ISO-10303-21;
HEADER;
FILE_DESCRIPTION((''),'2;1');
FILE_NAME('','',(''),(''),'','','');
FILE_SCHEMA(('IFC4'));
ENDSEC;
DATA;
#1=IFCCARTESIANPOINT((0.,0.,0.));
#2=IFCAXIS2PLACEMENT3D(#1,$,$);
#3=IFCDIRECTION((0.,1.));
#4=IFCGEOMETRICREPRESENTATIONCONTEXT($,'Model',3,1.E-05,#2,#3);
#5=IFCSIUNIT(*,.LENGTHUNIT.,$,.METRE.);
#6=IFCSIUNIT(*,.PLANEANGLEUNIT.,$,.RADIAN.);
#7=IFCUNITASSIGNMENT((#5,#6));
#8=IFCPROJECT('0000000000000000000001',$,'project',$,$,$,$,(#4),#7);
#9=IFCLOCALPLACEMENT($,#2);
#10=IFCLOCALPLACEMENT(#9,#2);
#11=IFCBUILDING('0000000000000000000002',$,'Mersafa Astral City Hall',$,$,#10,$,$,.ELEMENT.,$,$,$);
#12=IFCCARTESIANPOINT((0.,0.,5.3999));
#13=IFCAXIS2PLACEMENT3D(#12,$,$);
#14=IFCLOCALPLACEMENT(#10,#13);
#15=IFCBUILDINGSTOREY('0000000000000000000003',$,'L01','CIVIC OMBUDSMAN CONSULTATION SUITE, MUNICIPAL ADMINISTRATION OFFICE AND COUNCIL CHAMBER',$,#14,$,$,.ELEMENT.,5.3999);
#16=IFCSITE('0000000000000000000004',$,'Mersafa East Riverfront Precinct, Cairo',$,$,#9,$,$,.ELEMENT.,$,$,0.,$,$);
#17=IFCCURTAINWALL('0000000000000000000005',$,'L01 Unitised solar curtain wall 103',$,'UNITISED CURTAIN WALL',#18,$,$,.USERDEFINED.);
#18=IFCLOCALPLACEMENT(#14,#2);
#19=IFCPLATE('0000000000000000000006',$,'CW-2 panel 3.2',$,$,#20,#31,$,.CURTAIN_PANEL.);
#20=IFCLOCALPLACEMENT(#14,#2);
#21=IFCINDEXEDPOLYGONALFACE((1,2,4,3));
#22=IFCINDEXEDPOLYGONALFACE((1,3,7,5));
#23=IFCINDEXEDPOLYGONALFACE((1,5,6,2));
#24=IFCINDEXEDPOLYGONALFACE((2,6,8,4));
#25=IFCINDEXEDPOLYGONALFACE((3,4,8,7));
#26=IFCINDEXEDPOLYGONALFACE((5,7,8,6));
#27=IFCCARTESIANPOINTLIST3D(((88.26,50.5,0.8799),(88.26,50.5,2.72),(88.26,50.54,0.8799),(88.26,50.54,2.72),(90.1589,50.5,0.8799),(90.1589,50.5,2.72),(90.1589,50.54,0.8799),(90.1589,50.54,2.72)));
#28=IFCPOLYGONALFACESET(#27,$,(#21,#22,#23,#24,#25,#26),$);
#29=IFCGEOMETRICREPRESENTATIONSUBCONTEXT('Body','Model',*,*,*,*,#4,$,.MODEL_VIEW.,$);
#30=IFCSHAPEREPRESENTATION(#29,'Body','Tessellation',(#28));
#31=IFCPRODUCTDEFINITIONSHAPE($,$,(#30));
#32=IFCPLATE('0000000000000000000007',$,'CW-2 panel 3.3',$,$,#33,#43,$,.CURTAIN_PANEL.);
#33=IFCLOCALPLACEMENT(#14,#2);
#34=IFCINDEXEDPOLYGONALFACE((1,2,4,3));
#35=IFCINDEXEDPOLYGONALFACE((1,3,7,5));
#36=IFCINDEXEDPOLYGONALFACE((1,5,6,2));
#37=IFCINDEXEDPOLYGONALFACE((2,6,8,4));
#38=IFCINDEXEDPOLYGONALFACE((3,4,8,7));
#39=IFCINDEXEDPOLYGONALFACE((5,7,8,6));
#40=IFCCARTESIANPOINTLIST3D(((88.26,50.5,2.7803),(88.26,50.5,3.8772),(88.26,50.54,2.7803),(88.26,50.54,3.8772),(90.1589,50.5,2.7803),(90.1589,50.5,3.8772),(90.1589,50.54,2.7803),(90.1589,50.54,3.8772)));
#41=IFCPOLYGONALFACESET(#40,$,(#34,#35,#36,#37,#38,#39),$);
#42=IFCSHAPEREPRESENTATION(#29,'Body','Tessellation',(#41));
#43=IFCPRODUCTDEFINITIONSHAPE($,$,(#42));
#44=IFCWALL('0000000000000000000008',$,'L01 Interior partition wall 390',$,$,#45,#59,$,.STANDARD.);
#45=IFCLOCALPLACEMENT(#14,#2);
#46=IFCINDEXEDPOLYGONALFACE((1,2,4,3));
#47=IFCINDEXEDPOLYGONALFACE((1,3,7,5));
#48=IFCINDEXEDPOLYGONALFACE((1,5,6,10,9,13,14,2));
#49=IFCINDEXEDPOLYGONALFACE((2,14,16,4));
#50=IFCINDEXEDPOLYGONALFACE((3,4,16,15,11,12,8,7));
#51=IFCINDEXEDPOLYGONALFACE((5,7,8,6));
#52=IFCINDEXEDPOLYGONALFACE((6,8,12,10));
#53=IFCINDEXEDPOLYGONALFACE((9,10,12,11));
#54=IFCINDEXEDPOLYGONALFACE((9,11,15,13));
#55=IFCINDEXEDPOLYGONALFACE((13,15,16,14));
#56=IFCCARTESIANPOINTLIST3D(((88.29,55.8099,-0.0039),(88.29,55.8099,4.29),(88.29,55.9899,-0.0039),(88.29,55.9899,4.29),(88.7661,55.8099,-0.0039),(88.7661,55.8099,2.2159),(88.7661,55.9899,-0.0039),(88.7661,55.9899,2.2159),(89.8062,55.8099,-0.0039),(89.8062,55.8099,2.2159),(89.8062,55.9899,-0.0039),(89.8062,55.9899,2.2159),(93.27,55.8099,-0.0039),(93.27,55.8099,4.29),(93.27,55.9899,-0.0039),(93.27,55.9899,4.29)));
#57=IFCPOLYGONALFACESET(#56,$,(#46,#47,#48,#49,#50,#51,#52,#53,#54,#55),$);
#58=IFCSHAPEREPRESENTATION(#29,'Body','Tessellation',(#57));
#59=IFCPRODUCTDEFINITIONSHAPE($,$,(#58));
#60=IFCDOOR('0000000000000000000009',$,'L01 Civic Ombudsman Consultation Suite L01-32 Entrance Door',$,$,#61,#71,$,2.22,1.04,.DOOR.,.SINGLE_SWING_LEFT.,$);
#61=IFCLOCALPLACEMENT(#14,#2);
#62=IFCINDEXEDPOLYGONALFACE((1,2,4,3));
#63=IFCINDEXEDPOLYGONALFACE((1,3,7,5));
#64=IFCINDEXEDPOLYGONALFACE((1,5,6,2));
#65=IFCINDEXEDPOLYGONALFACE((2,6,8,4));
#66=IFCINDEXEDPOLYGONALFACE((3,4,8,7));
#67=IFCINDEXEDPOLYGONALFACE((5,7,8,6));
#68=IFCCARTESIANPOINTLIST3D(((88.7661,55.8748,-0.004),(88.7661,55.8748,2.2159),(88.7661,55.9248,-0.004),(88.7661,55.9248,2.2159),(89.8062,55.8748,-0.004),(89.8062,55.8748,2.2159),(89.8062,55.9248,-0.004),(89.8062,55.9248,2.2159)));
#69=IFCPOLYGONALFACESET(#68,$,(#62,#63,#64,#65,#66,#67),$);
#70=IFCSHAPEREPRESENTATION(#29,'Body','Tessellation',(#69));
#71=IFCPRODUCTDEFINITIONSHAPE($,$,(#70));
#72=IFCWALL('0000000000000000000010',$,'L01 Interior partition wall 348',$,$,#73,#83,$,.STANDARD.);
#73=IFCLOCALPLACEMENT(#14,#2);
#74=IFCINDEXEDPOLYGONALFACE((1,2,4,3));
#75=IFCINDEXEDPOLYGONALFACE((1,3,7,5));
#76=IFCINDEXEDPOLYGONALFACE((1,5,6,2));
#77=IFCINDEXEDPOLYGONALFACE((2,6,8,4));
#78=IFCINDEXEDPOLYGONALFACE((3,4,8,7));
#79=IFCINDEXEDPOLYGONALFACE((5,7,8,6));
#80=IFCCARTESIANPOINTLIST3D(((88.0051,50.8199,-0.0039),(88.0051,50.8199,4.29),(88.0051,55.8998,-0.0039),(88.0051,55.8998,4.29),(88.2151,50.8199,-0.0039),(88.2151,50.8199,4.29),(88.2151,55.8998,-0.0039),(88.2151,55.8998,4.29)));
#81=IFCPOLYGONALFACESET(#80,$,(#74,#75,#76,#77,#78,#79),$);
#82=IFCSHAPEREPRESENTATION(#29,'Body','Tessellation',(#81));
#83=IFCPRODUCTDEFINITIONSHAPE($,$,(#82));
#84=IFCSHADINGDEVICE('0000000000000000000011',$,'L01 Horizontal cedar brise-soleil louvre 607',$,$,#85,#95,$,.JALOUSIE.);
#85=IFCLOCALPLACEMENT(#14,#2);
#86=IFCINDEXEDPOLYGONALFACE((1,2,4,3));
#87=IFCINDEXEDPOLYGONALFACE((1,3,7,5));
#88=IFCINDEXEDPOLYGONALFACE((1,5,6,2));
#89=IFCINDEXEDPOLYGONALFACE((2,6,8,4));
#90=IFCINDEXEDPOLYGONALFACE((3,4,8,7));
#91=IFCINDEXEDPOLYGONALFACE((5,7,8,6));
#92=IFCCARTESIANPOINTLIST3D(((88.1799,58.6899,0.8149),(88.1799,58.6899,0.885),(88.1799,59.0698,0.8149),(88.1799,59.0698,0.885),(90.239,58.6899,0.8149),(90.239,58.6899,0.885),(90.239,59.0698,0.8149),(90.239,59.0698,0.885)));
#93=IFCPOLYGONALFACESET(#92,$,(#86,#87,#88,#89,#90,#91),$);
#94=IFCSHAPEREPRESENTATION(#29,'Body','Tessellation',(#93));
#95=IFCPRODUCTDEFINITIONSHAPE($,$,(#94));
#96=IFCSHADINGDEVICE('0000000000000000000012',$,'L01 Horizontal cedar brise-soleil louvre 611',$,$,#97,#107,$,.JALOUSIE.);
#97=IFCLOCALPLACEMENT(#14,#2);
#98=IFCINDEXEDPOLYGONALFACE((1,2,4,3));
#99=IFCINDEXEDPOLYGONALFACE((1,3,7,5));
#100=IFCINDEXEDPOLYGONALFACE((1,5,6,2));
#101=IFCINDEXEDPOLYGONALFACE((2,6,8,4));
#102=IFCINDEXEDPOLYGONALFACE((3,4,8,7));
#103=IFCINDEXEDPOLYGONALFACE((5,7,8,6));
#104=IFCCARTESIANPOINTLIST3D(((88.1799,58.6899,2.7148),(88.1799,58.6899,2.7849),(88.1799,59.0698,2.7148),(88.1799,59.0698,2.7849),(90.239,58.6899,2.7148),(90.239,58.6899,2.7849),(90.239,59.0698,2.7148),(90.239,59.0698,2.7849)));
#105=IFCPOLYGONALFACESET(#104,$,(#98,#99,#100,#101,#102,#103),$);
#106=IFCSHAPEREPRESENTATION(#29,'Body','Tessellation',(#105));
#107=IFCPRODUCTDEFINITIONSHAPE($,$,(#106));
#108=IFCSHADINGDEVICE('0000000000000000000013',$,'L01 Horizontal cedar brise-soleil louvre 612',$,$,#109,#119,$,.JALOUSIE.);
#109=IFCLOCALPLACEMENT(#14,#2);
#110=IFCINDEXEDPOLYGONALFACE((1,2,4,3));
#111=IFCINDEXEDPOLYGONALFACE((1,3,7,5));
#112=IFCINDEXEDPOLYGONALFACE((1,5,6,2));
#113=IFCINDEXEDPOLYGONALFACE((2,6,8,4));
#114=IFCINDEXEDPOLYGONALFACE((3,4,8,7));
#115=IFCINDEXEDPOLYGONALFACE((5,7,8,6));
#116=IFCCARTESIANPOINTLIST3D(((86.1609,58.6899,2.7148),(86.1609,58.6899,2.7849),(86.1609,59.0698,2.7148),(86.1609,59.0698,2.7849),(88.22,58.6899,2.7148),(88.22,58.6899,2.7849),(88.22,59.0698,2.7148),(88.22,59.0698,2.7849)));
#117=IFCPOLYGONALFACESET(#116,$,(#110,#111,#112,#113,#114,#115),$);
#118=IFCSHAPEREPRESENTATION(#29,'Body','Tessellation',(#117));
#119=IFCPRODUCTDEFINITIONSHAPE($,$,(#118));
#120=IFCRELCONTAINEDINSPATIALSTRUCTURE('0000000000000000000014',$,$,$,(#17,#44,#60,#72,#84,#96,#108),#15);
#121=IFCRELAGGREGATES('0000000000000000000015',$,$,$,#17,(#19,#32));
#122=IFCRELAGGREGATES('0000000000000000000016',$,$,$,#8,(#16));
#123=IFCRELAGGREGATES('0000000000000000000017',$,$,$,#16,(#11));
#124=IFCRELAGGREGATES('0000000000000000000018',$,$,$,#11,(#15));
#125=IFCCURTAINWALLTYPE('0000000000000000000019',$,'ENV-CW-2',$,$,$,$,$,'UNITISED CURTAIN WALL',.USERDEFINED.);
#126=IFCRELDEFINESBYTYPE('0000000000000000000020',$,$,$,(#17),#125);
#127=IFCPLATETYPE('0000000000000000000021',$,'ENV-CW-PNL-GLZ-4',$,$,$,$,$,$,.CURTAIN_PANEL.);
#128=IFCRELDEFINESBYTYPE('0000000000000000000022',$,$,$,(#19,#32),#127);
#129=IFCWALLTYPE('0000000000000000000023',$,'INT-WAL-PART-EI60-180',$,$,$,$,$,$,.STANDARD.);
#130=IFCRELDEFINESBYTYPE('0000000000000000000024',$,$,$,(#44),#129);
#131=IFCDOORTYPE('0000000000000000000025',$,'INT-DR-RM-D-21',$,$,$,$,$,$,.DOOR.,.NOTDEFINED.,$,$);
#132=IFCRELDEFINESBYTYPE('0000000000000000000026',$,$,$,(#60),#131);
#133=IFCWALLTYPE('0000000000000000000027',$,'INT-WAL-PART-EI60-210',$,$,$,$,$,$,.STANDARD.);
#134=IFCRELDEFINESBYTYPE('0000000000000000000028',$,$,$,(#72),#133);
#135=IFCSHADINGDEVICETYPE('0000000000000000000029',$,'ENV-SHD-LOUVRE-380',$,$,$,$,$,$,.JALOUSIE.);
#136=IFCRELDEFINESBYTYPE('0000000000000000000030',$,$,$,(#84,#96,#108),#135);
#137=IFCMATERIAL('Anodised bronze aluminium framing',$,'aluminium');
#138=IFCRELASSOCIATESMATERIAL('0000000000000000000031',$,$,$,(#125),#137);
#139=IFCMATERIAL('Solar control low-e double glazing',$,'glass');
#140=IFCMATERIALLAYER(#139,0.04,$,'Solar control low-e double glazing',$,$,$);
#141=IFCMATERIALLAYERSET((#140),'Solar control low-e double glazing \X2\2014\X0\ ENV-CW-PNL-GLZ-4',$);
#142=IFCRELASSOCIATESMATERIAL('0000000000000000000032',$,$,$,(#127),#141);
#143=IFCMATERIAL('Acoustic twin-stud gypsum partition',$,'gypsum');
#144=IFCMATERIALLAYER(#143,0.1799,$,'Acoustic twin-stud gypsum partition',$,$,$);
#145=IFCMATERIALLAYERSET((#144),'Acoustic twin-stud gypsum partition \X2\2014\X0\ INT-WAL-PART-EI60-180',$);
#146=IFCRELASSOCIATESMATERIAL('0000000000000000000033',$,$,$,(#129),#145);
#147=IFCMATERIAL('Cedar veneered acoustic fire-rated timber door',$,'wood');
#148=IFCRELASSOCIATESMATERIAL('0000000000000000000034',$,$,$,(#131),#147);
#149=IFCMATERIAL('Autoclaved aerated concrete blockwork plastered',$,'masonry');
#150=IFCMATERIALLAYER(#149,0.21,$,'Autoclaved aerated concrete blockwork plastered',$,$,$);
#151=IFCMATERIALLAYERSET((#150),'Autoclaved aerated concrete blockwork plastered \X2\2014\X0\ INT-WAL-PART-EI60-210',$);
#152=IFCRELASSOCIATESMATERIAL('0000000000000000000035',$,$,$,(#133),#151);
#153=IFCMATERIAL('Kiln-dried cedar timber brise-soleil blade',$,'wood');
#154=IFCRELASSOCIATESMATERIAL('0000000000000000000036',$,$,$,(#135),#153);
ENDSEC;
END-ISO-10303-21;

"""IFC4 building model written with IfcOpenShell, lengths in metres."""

from ifc_helpers import new_model, si_unit, direction, frame, frame_2d, origin, origin_2d, place, context, subcontext, project, spatial, rectangle, extrude, material, layer, layer_set, type_object, element, fill, aggregate, save


model = new_model("IFC4")

# Units and contexts
model_context = context("Model", 3, precision=1e-05, world=origin(), true_north=direction((0.0, 1.0)))
body_context = subcontext(model_context, "Body", "Model", "MODEL_VIEW")
ifc_project = project(units=[si_unit("LENGTHUNIT", "METRE"), si_unit("PLANEANGLEUNIT", "RADIAN")], contexts=[model_context])

# Site, building, storey
site_placement = place(None, origin())
site = spatial("IfcSite", under=ifc_project, at=site_placement, Name="Mersafa East Riverfront Precinct, Cairo", CompositionType="ELEMENT", RefElevation=0.0)
building_placement = place(site_placement, origin())
building = spatial("IfcBuilding", under=site, at=building_placement, Name="Mersafa Astral City Hall", CompositionType="ELEMENT")
storey_placement = place(building_placement, frame((0.0, 0.0, 5.3999)))
storey = spatial("IfcBuildingStorey", under=building, at=storey_placement, Name="L01", Description="CIVIC OMBUDSMAN CONSULTATION SUITE, MUNICIPAL ADMINISTRATION OFFICE AND COUNCIL CHAMBER", CompositionType="ELEMENT", Elevation=5.3999)

# Curtain wall
ifc_material_1 = material(Name="Anodised bronze aluminium framing", Category="aluminium")
curtain_wall_type_1 = type_object("IfcCurtainWallType", Name="ENV-CW-2", ElementType="UNITISED CURTAIN WALL", PredefinedType="USERDEFINED", material=ifc_material_1)
curtain_wall_1_placement = place(storey_placement, origin())
curtain_wall_1 = element("IfcCurtainWall", 1, at=curtain_wall_1_placement, inside=storey, type_object=curtain_wall_type_1, Name="L01 Unitised solar curtain wall 103", ObjectType="UNITISED CURTAIN WALL", PredefinedType="USERDEFINED")

# Plates
ifc_material_2 = material(Name="Solar control low-e double glazing", Category="glass")
ifc_layer_1 = layer(ifc_material_2, 0.04, Name="Solar control low-e double glazing")
ifc_layer_set_1 = layer_set([ifc_layer_1], Name="Solar control low-e double glazing — ENV-CW-PNL-GLZ-4")
plate_type = type_object("IfcPlateType", Name="ENV-CW-PNL-GLZ-4", PredefinedType="CURTAIN_PANEL", material=ifc_layer_set_1)
plate_1_placement = place(storey_placement, frame((89.2095, 50.52, 0.8799), z_axis=(0.0, 0.0, 1.0), x_axis=(1.0, 0.0, 0.0)))
plate_1 = element("IfcPlate", 2, at=plate_1_placement, type_object=plate_type, Name="CW-2 panel 3.2", PredefinedType="CURTAIN_PANEL", context=body_context, shape_type="SweptSolid", body=[
    extrude(rectangle(XDim=1.8989, YDim=0.04, at=origin_2d()), origin(), (0.0, 0.0, 1.0), 1.8401),
])
plate_2_placement = place(storey_placement, frame((89.2095, 50.52, 2.7803), z_axis=(0.0, 0.0, 1.0), x_axis=(1.0, 0.0, 0.0)))
plate_2 = element("IfcPlate", 3, at=plate_2_placement, type_object=plate_type, Name="CW-2 panel 3.3", PredefinedType="CURTAIN_PANEL", context=body_context, shape_type="SweptSolid", body=[
    extrude(rectangle(XDim=1.8989, YDim=0.04, at=origin_2d()), origin(), (0.0, 0.0, 1.0), 1.0969),
])
aggregate(curtain_wall_1, [plate_1, plate_2])

# Wall, opening, door
ifc_material_3 = material(Name="Acoustic twin-stud gypsum partition", Category="gypsum")
ifc_layer_2 = layer(ifc_material_3, 0.1799, Name="Acoustic twin-stud gypsum partition")
ifc_layer_set_2 = layer_set([ifc_layer_2], Name="Acoustic twin-stud gypsum partition — INT-WAL-PART-EI60-180")
wall_type_1 = type_object("IfcWallType", Name="INT-WAL-PART-EI60-180", PredefinedType="STANDARD", material=ifc_layer_set_2)
wall_1_placement = place(storey_placement, frame((88.29, 55.8999, -0.0039), z_axis=(0.0, 0.0, 1.0), x_axis=(1.0, 0.0, 0.0)))
wall_1 = element("IfcWall", 4, at=wall_1_placement, inside=storey, type_object=wall_type_1, Name="L01 Interior partition wall 390", PredefinedType="STANDARD", context=body_context, shape_type="SweptSolid", body=[
    extrude(rectangle(XDim=4.98, YDim=0.1799, at=frame_2d((2.49, 0.0))), origin(), (0.0, 0.0, 1.0), 4.2939),
])
opening_placement = place(wall_1_placement, frame((0.4761, 0.0, 0.0)))
opening = element("IfcOpeningElement", 5, at=opening_placement, cuts=wall_1, PredefinedType="OPENING", context=body_context, shape_type="SweptSolid", body=[
    extrude(rectangle(XDim=1.04, YDim=2.22, at=frame_2d((0.52, 1.1099))), frame((0.0, 0.0999, 0.0), z_axis=(0.0, -1.0, 0.0), x_axis=(1.0, 0.0, 0.0)), (0.0, 0.0, 1.0), 0.2),
])
ifc_material_4 = material(Name="Cedar veneered acoustic fire-rated timber door", Category="wood")
door_type = type_object("IfcDoorType", Name="INT-DR-RM-D-21", OperationType="NOTDEFINED", PredefinedType="DOOR", material=ifc_material_4)
door_placement = place(opening_placement, origin())
door = element("IfcDoor", 6, at=door_placement, inside=storey, type_object=door_type, Name="L01 Civic Ombudsman Consultation Suite L01-32 Entrance Door", OperationType="SINGLE_SWING_LEFT", OverallHeight=2.22, OverallWidth=1.04, PredefinedType="DOOR", context=body_context, shape_type="SweptSolid", body=[
    extrude(rectangle(XDim=1.04, YDim=2.22, at=frame_2d((0.52, 1.1099))), frame((0.0, 0.0249, 0.0), z_axis=(0.0, -1.0, 0.0), x_axis=(1.0, 0.0, 0.0)), (0.0, 0.0, 1.0), 0.05),
])
fill(opening, door)

# Wall
ifc_material_5 = material(Name="Autoclaved aerated concrete blockwork plastered", Category="masonry")
ifc_layer_3 = layer(ifc_material_5, 0.21, Name="Autoclaved aerated concrete blockwork plastered")
ifc_layer_set_3 = layer_set([ifc_layer_3], Name="Autoclaved aerated concrete blockwork plastered — INT-WAL-PART-EI60-210")
wall_type_2 = type_object("IfcWallType", Name="INT-WAL-PART-EI60-210", PredefinedType="STANDARD", material=ifc_layer_set_3)
wall_2_placement = place(storey_placement, frame((88.1101, 55.8999, -0.0039), z_axis=(0.0, 0.0, 1.0), x_axis=(0.0, -1.0, 0.0)))
element("IfcWall", 7, at=wall_2_placement, inside=storey, type_object=wall_type_2, Name="L01 Interior partition wall 348", PredefinedType="STANDARD", context=body_context, shape_type="SweptSolid", body=[
    extrude(rectangle(XDim=5.0798, YDim=0.21, at=frame_2d((2.54, 0.0))), origin(), (0.0, 0.0, 1.0), 4.2939),
])

# Shading devices
ifc_material_6 = material(Name="Kiln-dried cedar timber brise-soleil blade", Category="wood")
shading_device_type = type_object("IfcShadingDeviceType", Name="ENV-SHD-LOUVRE-380", PredefinedType="JALOUSIE", material=ifc_material_6)
for number, where, z_axis, x_axis, name in (
    (8, (89.2095, 58.8799, 0.8149), (0.0, 0.0, 1.0), (-1.0, 0.0, 0.0), "L01 Horizontal cedar brise-soleil louvre 607"),
    (9, (89.2095, 58.8799, 2.7148), (0.0, 0.0, 1.0), (-1.0, 0.0, 0.0), "L01 Horizontal cedar brise-soleil louvre 611"),
    (10, (87.1904, 58.8799, 2.7148), (0.0, 0.0, 1.0), (-1.0, 0.0, 0.0), "L01 Horizontal cedar brise-soleil louvre 612"),
):
    element("IfcShadingDevice", number, at=place(storey_placement, frame(where, z_axis=z_axis, x_axis=x_axis)), inside=storey, type_object=shading_device_type, Name=name, PredefinedType="JALOUSIE", context=body_context, shape_type="SweptSolid", body=[
        extrude(rectangle(XDim=2.0591, YDim=0.3799, at=origin_2d()), origin(), (0.0, 0.0, 1.0), 0.0701),
    ])

save(model, "model.ifc")
